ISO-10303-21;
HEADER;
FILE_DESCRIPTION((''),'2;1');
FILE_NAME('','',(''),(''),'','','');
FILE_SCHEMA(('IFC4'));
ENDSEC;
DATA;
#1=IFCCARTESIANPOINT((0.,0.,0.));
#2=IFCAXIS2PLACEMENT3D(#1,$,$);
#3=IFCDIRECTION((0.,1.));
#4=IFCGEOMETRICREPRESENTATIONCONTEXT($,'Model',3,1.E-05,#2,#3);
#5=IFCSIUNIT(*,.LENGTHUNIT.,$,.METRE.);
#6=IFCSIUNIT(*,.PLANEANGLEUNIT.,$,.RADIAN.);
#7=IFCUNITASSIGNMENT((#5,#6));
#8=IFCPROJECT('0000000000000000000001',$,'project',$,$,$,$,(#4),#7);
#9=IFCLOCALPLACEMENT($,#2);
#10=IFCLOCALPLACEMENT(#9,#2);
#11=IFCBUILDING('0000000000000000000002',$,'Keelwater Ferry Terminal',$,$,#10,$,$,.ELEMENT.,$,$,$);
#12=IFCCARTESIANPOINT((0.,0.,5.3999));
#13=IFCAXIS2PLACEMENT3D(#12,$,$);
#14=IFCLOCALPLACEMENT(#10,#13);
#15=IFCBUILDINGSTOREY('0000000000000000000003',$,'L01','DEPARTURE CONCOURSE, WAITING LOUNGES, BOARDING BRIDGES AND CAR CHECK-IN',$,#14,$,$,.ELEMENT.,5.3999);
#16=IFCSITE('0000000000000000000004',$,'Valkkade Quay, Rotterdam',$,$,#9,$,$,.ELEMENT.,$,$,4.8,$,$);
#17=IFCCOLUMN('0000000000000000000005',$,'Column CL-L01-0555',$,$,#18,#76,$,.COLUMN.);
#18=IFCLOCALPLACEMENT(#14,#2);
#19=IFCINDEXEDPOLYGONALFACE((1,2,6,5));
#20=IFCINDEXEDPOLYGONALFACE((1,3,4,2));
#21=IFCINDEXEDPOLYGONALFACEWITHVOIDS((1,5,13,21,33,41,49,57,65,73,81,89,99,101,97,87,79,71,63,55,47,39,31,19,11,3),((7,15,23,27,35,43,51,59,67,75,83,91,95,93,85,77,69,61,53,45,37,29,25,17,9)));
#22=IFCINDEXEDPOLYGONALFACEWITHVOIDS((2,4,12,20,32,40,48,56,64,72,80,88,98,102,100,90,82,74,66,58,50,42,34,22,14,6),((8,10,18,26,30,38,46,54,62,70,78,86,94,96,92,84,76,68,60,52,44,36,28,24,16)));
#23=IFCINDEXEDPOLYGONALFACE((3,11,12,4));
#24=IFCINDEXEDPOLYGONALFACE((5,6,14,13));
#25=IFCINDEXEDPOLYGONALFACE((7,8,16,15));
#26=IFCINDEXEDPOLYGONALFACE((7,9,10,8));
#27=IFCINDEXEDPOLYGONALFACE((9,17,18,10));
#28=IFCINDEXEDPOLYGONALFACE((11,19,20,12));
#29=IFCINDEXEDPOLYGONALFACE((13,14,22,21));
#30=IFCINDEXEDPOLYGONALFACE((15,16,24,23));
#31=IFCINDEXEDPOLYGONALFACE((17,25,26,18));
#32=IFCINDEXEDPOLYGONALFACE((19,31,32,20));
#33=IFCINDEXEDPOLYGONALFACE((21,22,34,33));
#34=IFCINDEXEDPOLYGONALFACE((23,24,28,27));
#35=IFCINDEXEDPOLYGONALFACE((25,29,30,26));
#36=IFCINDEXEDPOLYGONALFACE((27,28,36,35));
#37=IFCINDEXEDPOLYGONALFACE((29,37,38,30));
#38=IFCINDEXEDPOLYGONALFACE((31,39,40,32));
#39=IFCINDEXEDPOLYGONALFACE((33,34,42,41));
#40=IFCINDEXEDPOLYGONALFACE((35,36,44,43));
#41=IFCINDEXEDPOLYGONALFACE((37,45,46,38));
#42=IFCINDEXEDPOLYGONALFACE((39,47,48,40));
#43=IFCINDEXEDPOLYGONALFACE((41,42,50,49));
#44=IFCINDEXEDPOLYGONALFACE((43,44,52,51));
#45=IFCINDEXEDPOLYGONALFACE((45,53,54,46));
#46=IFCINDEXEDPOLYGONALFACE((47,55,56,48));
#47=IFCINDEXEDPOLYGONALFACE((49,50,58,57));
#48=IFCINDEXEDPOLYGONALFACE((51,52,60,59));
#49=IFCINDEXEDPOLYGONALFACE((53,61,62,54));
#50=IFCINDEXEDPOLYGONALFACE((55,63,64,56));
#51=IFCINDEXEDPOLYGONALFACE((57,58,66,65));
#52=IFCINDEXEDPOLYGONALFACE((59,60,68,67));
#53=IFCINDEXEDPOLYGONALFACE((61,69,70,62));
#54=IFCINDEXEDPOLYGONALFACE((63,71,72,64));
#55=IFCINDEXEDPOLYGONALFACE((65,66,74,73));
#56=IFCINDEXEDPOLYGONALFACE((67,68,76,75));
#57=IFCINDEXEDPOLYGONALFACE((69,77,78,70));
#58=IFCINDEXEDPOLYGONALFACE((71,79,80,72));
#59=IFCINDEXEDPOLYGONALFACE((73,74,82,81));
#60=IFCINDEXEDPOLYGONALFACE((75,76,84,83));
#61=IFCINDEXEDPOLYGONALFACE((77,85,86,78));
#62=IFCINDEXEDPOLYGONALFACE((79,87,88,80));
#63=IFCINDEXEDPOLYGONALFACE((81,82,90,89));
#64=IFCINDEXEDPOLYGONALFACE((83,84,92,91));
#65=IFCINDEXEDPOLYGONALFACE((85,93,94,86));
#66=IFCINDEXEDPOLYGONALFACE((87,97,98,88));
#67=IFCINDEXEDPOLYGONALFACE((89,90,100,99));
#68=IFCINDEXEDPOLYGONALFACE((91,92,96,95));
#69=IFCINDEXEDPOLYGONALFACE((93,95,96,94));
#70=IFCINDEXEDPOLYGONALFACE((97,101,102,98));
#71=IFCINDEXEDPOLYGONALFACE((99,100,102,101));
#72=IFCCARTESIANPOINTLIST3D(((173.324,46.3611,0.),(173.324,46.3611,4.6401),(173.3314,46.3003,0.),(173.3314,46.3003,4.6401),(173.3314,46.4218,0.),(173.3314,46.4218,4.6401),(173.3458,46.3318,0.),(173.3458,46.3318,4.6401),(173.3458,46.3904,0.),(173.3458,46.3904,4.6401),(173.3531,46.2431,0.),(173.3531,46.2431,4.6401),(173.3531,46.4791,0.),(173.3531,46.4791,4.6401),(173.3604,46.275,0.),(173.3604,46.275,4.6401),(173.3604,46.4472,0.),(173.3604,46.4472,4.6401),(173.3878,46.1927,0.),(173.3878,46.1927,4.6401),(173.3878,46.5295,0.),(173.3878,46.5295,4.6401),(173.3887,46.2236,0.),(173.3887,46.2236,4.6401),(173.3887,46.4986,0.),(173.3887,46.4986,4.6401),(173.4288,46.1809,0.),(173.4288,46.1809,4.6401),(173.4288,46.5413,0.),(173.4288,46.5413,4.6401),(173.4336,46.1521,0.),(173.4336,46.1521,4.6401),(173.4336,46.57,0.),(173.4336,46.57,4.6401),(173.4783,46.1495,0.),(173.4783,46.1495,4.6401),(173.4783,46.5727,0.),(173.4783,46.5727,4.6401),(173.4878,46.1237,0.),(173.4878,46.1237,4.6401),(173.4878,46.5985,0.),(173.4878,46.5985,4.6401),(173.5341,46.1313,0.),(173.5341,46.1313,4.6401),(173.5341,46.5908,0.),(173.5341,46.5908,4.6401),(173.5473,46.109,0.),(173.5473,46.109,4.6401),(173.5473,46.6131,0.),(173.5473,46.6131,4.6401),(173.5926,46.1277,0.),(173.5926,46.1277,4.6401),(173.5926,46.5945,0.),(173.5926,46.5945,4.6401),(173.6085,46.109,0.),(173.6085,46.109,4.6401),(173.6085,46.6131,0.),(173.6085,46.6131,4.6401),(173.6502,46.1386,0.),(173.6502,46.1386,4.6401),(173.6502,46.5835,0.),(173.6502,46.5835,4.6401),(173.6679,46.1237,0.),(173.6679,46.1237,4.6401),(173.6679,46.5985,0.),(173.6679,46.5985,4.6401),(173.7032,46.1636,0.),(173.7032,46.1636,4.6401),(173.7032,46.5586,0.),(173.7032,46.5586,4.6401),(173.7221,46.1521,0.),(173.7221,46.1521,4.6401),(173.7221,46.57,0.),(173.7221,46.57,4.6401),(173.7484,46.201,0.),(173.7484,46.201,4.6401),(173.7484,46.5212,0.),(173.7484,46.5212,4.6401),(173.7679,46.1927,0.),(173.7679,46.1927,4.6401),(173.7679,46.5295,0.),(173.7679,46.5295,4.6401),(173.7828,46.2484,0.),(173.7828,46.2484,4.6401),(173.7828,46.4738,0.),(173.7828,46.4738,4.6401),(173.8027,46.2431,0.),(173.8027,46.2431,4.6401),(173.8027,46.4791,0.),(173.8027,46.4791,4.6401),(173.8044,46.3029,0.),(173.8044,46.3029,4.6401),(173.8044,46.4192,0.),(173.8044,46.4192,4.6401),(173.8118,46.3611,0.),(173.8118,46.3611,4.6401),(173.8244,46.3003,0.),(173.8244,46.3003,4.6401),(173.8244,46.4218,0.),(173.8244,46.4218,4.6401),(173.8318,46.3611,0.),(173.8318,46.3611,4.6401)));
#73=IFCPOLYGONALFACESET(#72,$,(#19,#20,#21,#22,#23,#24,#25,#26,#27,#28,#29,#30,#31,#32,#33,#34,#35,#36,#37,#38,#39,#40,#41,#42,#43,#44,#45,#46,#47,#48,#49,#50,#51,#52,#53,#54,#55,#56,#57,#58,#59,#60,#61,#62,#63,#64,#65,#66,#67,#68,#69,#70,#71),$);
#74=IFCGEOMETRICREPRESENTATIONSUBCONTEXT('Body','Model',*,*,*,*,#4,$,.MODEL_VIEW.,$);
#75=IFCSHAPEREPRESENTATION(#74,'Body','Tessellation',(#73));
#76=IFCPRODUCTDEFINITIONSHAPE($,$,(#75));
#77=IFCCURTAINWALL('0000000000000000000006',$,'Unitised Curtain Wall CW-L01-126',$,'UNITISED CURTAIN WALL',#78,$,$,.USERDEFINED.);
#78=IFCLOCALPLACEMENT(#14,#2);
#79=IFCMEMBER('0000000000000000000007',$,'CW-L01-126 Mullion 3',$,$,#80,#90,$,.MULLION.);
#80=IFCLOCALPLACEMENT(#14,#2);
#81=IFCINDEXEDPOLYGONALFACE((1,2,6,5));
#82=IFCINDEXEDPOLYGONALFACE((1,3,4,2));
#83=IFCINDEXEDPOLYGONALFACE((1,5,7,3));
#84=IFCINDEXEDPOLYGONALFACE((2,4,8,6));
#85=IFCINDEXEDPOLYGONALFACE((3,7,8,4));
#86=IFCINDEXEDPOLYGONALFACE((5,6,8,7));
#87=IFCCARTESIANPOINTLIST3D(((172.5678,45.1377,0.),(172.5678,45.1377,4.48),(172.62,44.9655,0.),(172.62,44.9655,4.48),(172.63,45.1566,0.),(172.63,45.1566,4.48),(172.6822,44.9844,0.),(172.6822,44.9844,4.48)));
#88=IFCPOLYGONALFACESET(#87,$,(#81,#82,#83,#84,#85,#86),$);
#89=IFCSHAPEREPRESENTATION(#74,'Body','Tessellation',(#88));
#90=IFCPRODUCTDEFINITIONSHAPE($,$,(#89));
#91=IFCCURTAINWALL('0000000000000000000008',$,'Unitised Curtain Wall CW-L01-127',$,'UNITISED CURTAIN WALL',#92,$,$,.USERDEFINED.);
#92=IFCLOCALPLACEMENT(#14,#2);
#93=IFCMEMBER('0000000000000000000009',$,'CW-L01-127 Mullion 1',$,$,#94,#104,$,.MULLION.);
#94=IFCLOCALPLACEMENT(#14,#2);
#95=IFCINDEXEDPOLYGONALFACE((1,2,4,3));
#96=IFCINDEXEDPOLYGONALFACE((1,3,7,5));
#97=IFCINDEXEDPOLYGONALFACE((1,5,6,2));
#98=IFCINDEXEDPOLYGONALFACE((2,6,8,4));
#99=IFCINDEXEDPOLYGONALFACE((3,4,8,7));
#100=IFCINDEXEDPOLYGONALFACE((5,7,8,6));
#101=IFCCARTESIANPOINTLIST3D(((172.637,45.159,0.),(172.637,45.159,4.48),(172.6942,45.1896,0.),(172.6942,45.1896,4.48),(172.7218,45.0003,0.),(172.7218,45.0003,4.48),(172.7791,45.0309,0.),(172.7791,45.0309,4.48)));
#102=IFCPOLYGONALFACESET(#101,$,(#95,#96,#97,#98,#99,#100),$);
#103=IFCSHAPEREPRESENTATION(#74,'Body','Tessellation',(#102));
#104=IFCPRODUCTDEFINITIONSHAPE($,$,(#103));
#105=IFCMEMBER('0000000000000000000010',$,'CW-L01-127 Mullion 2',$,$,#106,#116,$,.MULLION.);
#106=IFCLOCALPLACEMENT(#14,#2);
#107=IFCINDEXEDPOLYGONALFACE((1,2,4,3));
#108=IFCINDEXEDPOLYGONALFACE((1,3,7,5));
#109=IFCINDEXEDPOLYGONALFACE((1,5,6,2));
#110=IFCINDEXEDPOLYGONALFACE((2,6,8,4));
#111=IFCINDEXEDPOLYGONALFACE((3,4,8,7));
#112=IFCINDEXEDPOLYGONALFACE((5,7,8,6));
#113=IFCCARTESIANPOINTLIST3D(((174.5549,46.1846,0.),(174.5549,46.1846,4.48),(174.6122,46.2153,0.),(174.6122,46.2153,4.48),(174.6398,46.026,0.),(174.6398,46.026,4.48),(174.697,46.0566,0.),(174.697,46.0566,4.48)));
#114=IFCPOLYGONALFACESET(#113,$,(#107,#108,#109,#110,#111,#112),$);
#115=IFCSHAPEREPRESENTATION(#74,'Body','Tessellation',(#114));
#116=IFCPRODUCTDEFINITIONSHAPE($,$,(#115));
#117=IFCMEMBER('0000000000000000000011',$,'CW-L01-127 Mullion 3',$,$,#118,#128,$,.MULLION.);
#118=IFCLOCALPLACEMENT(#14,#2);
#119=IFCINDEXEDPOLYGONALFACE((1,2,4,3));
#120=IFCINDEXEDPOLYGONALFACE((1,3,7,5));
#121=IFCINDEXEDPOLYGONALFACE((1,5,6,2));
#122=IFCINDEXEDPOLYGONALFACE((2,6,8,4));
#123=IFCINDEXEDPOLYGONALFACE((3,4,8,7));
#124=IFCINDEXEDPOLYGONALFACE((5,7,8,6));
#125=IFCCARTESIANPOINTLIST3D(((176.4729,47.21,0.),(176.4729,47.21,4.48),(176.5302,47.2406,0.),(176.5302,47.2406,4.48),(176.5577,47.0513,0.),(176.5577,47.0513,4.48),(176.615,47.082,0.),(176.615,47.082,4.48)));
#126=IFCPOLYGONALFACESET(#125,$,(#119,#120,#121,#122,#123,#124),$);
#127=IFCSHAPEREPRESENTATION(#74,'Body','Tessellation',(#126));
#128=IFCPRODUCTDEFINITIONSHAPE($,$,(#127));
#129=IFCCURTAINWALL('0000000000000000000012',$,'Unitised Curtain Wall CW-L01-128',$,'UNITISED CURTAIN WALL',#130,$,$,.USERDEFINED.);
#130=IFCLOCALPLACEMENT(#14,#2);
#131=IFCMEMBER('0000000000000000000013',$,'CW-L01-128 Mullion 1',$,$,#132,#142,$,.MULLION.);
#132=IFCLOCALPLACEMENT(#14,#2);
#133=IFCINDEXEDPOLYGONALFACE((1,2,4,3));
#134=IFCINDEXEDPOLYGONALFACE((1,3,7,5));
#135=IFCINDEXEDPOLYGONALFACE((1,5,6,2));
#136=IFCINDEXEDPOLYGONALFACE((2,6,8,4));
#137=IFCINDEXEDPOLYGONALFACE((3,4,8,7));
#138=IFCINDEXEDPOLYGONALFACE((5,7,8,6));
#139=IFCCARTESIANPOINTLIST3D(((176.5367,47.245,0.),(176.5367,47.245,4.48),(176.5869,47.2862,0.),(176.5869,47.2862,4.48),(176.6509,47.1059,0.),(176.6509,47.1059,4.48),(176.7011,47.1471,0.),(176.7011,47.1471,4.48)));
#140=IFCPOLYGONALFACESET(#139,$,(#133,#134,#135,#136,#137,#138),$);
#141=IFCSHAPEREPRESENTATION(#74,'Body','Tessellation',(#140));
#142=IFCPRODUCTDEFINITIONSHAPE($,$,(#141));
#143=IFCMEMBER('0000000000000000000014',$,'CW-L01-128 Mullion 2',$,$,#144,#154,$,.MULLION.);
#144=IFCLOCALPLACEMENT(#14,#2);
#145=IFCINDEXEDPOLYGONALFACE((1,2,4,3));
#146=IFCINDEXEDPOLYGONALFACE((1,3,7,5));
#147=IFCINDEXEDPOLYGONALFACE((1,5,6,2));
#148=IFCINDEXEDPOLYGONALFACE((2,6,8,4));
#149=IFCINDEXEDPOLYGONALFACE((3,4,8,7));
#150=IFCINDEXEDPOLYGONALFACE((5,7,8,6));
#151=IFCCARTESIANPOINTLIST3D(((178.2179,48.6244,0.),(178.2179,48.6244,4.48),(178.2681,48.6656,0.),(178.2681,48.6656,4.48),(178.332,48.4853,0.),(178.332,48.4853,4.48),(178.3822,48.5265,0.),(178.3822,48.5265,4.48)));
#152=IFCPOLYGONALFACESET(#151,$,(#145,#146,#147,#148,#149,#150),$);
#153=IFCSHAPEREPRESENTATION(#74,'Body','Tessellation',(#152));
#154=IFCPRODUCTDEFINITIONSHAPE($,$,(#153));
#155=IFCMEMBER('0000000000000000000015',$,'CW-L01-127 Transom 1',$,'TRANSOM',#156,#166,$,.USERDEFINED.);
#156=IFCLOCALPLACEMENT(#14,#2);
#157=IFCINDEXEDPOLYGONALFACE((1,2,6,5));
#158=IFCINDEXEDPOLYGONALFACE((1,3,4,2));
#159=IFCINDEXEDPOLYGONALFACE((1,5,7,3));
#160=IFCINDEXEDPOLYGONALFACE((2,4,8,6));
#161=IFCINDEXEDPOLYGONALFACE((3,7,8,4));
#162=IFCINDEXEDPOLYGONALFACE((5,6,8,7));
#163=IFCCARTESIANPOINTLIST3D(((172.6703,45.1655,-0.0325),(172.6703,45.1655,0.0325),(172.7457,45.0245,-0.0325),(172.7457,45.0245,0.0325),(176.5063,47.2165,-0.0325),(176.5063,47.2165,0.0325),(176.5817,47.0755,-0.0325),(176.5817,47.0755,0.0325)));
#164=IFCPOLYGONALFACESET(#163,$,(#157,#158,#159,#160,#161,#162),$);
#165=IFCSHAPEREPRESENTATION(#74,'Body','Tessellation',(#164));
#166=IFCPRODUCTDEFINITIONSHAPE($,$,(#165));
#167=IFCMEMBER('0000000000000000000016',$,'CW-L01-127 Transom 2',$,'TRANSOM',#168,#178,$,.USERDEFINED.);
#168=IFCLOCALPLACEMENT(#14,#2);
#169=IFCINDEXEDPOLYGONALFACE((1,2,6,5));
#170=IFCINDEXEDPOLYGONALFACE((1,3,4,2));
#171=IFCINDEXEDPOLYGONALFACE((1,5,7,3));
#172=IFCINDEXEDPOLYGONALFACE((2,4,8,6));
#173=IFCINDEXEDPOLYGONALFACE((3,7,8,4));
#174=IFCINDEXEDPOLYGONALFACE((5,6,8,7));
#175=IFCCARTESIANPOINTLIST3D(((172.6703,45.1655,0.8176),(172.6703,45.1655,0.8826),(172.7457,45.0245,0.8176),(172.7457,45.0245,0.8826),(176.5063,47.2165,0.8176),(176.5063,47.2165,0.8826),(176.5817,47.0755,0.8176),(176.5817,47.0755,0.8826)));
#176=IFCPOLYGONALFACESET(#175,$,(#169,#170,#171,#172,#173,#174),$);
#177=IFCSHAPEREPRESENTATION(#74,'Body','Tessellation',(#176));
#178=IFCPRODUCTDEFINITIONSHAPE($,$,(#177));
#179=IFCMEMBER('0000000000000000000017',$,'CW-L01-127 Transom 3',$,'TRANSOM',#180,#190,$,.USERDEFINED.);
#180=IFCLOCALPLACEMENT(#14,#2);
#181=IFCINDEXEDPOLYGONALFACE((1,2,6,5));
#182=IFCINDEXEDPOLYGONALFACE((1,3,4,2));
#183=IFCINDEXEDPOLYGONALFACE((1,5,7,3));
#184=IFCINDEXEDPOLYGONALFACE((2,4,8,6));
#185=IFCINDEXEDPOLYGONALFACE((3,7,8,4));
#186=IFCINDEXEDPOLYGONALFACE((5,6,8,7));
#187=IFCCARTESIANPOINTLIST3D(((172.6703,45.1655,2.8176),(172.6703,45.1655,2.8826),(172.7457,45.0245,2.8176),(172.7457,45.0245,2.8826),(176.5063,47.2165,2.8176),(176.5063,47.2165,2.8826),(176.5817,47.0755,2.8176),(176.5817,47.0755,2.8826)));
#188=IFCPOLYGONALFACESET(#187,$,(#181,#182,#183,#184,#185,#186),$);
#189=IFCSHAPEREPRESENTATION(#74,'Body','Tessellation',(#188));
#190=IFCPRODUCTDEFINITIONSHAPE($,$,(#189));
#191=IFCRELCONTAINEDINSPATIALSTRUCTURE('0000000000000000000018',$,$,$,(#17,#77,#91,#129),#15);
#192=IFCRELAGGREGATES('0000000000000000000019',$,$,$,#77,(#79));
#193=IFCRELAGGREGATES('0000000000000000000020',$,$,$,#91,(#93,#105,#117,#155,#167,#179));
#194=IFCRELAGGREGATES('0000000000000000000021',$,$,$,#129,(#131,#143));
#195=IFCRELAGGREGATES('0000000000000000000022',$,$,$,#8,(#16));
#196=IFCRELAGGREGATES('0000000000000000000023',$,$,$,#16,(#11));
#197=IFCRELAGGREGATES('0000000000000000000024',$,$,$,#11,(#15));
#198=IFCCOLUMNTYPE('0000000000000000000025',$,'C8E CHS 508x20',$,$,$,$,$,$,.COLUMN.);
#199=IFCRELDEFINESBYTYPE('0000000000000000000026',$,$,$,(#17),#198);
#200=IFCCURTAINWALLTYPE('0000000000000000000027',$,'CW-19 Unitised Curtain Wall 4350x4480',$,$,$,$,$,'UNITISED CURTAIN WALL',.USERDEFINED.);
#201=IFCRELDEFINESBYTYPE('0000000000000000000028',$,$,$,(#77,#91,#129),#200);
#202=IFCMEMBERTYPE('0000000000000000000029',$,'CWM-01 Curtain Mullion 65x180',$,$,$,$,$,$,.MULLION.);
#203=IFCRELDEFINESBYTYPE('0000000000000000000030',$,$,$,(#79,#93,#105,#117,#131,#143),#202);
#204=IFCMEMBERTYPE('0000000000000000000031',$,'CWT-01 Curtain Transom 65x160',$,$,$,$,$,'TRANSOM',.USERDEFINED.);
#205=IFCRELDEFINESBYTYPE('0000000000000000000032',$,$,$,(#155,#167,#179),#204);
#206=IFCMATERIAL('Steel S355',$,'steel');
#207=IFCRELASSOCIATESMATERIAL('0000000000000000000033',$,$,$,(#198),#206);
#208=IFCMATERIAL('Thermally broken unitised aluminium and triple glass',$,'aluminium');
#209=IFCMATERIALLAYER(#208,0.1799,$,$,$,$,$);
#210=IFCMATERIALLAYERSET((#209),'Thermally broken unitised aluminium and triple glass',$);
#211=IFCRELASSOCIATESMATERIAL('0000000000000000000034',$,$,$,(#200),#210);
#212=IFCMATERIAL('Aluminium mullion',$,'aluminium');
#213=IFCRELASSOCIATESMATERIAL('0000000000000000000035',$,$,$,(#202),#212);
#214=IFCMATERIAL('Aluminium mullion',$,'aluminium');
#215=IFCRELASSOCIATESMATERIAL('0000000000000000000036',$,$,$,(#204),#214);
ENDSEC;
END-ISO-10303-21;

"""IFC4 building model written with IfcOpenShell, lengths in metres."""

from ifc_helpers import new_model, si_unit, direction, frame, origin, origin_2d, place, context, subcontext, project, spatial, rectangle, hollow_circle, extrude, material, layer, layer_set, material_profile, profile_set, type_object, element, aggregate, save


model = new_model("IFC4")

# Units and contexts
model_context = context("Model", 3, precision=1e-05, world=origin(), true_north=direction((0.0, 1.0)))
body_context = subcontext(model_context, "Body", "Model", "MODEL_VIEW")
ifc_project = project(units=[si_unit("LENGTHUNIT", "METRE"), si_unit("PLANEANGLEUNIT", "RADIAN")], contexts=[model_context])

# Site, building, storey
site_placement = place(None, origin())
site = spatial("IfcSite", under=ifc_project, at=site_placement, Name="Valkkade Quay, Rotterdam", CompositionType="ELEMENT", RefElevation=4.8)
building_placement = place(site_placement, origin())
building = spatial("IfcBuilding", under=site, at=building_placement, Name="Keelwater Ferry Terminal", CompositionType="ELEMENT")
storey_placement = place(building_placement, frame((0.0, 0.0, 5.3999)))
storey = spatial("IfcBuildingStorey", under=building, at=storey_placement, Name="L01", Description="DEPARTURE CONCOURSE, WAITING LOUNGES, BOARDING BRIDGES AND CAR CHECK-IN", CompositionType="ELEMENT", Elevation=5.3999)

# Column
ifc_material_1 = material(Name="Steel S355", Category="steel")
ifc_material_profile_1 = material_profile(ifc_material_1, hollow_circle(Radius=0.2539, WallThickness=0.02, at=origin_2d()), Name="CHS 508x20")
ifc_profile_set_1 = profile_set([ifc_material_profile_1], Name="Steel S355")
column_type = type_object("IfcColumnType", Name="C8E CHS 508x20", PredefinedType="COLUMN", material=ifc_profile_set_1)
column_placement = place(storey_placement, frame((173.5779, 46.3611, 0.0), z_axis=(0.0, 0.0, 1.0), x_axis=(1.0, 0.0, 0.0)))
element("IfcColumn", 1, at=column_placement, inside=storey, type_object=column_type, Name="Column CL-L01-0555", PredefinedType="COLUMN", context=body_context, shape_type="SweptSolid", body=[
    extrude(hollow_circle(Radius=0.2539, WallThickness=0.02, at=origin_2d()), origin(), (0.0, 0.0, 1.0), 4.6401),
])

# Curtain wall, member
ifc_material_2 = material(Name="Thermally broken unitised aluminium and triple glass", Category="aluminium")
ifc_layer_1 = layer(ifc_material_2, 0.1799)
ifc_layer_set_1 = layer_set([ifc_layer_1], Name="Thermally broken unitised aluminium and triple glass")
curtain_wall_type = type_object("IfcCurtainWallType", Name="CW-19 Unitised Curtain Wall 4350x4480", ElementType="UNITISED CURTAIN WALL", PredefinedType="USERDEFINED", material=ifc_layer_set_1)
curtain_wall_1_placement = place(storey_placement, origin())
curtain_wall_1 = element("IfcCurtainWall", 2, at=curtain_wall_1_placement, inside=storey, type_object=curtain_wall_type, Name="Unitised Curtain Wall CW-L01-126", ObjectType="UNITISED CURTAIN WALL", PredefinedType="USERDEFINED")
ifc_material_3 = material(Name="Aluminium mullion", Category="aluminium")
ifc_material_profile_2 = material_profile(ifc_material_3, rectangle(XDim=0.0649, YDim=0.1799, at=origin_2d()), Name="CWM-01")
ifc_profile_set_2 = profile_set([ifc_material_profile_2], Name="Aluminium mullion")
member_type_1 = type_object("IfcMemberType", Name="CWM-01 Curtain Mullion 65x180", PredefinedType="MULLION", material=ifc_profile_set_2)
member_1_placement = place(storey_placement, frame((172.625, 45.061, 0.0), z_axis=(0.0, 0.0, 1.0), x_axis=(0.95693, 0.29032, 0.0)))
member_1 = element("IfcMember", 3, at=member_1_placement, type_object=member_type_1, Name="CW-L01-126 Mullion 3", PredefinedType="MULLION", context=body_context, shape_type="SweptSolid", body=[
    extrude(rectangle(XDim=0.0649, YDim=0.1799, at=origin_2d()), origin(), (0.0, 0.0, 1.0), 4.48),
])
aggregate(curtain_wall_1, [member_1])

# Curtain walls, members
curtain_wall_2_placement = place(storey_placement, origin())
curtain_wall_2 = element("IfcCurtainWall", 4, at=curtain_wall_2_placement, inside=storey, type_object=curtain_wall_type, Name="Unitised Curtain Wall CW-L01-127", ObjectType="UNITISED CURTAIN WALL", PredefinedType="USERDEFINED")
member_2_placement = place(storey_placement, frame((172.708, 45.095, 0.0), z_axis=(0.0, 0.0, 1.0), x_axis=(0.881862, 0.471507, 0.0)))
member_2 = element("IfcMember", 5, at=member_2_placement, type_object=member_type_1, Name="CW-L01-127 Mullion 1", PredefinedType="MULLION", context=body_context, shape_type="SweptSolid", body=[
    extrude(rectangle(XDim=0.0649, YDim=0.1799, at=origin_2d()), origin(), (0.0, 0.0, 1.0), 4.48),
])
member_3_placement = place(storey_placement, frame((174.626, 46.1206, 0.0), z_axis=(0.0, 0.0, 1.0), x_axis=(0.881862, 0.471507, 0.0)))
member_3 = element("IfcMember", 6, at=member_3_placement, type_object=member_type_1, Name="CW-L01-127 Mullion 2", PredefinedType="MULLION", context=body_context, shape_type="SweptSolid", body=[
    extrude(rectangle(XDim=0.0649, YDim=0.1799, at=origin_2d()), origin(), (0.0, 0.0, 1.0), 4.48),
])
member_4_placement = place(storey_placement, frame((176.5439, 47.146, 0.0), z_axis=(0.0, 0.0, 1.0), x_axis=(0.881862, 0.471507, 0.0)))
member_4 = element("IfcMember", 7, at=member_4_placement, type_object=member_type_1, Name="CW-L01-127 Mullion 3", PredefinedType="MULLION", context=body_context, shape_type="SweptSolid", body=[
    extrude(rectangle(XDim=0.0649, YDim=0.1799, at=origin_2d()), origin(), (0.0, 0.0, 1.0), 4.48),
])
curtain_wall_3_placement = place(storey_placement, origin())
curtain_wall_3 = element("IfcCurtainWall", 8, at=curtain_wall_3_placement, inside=storey, type_object=curtain_wall_type, Name="Unitised Curtain Wall CW-L01-128", ObjectType="UNITISED CURTAIN WALL", PredefinedType="USERDEFINED")
member_5_placement = place(storey_placement, frame((176.6189, 47.196, 0.0), z_axis=(0.0, 0.0, 1.0), x_axis=(0.773024, 0.634377, 0.0)))
member_5 = element("IfcMember", 9, at=member_5_placement, type_object=member_type_1, Name="CW-L01-128 Mullion 1", PredefinedType="MULLION", context=body_context, shape_type="SweptSolid", body=[
    extrude(rectangle(XDim=0.0649, YDim=0.1799, at=origin_2d()), origin(), (0.0, 0.0, 1.0), 4.48),
])
member_6_placement = place(storey_placement, frame((178.3, 48.5754, 0.0), z_axis=(0.0, 0.0, 1.0), x_axis=(0.773024, 0.634377, 0.0)))
member_6 = element("IfcMember", 10, at=member_6_placement, type_object=member_type_1, Name="CW-L01-128 Mullion 2", PredefinedType="MULLION", context=body_context, shape_type="SweptSolid", body=[
    extrude(rectangle(XDim=0.0649, YDim=0.1799, at=origin_2d()), origin(), (0.0, 0.0, 1.0), 4.48),
])

# Members
ifc_material_4 = material(Name="Aluminium mullion", Category="aluminium")
ifc_material_profile_3 = material_profile(ifc_material_4, rectangle(XDim=0.1599, YDim=0.0649, at=origin_2d()), Name="CWT-01")
ifc_profile_set_3 = profile_set([ifc_material_profile_3], Name="Aluminium mullion")
member_type_2 = type_object("IfcMemberType", Name="CWT-01 Curtain Transom 65x160", ElementType="TRANSOM", PredefinedType="USERDEFINED", material=ifc_profile_set_3)
member_7_placement = place(storey_placement, frame((172.708, 45.095, 0.0), z_axis=(0.881857, 0.471517, 0.0), x_axis=(-0.471517, 0.881857, 0.0)))
member_7 = element("IfcMember", 11, at=member_7_placement, type_object=member_type_2, Name="CW-L01-127 Transom 1", ObjectType="TRANSOM", PredefinedType="USERDEFINED", context=body_context, shape_type="SweptSolid", body=[
    extrude(rectangle(XDim=0.1599, YDim=0.0649, at=origin_2d()), origin(), (0.0, 0.0, 1.0), 4.3499),
])
member_8_placement = place(storey_placement, frame((172.708, 45.095, 0.8501), z_axis=(0.881857, 0.471517, 0.0), x_axis=(-0.471517, 0.881857, 0.0)))
member_8 = element("IfcMember", 12, at=member_8_placement, type_object=member_type_2, Name="CW-L01-127 Transom 2", ObjectType="TRANSOM", PredefinedType="USERDEFINED", context=body_context, shape_type="SweptSolid", body=[
    extrude(rectangle(XDim=0.1599, YDim=0.0649, at=origin_2d()), origin(), (0.0, 0.0, 1.0), 4.3499),
])
member_9_placement = place(storey_placement, frame((172.708, 45.095, 2.8501), z_axis=(0.881857, 0.471517, 0.0), x_axis=(-0.471517, 0.881857, 0.0)))
member_9 = element("IfcMember", 13, at=member_9_placement, type_object=member_type_2, Name="CW-L01-127 Transom 3", ObjectType="TRANSOM", PredefinedType="USERDEFINED", context=body_context, shape_type="SweptSolid", body=[
    extrude(rectangle(XDim=0.1599, YDim=0.0649, at=origin_2d()), origin(), (0.0, 0.0, 1.0), 4.3499),
])

aggregate(curtain_wall_2, [member_2, member_3, member_4, member_7, member_8, member_9])
aggregate(curtain_wall_3, [member_5, member_6])

save(model, "model.ifc")
